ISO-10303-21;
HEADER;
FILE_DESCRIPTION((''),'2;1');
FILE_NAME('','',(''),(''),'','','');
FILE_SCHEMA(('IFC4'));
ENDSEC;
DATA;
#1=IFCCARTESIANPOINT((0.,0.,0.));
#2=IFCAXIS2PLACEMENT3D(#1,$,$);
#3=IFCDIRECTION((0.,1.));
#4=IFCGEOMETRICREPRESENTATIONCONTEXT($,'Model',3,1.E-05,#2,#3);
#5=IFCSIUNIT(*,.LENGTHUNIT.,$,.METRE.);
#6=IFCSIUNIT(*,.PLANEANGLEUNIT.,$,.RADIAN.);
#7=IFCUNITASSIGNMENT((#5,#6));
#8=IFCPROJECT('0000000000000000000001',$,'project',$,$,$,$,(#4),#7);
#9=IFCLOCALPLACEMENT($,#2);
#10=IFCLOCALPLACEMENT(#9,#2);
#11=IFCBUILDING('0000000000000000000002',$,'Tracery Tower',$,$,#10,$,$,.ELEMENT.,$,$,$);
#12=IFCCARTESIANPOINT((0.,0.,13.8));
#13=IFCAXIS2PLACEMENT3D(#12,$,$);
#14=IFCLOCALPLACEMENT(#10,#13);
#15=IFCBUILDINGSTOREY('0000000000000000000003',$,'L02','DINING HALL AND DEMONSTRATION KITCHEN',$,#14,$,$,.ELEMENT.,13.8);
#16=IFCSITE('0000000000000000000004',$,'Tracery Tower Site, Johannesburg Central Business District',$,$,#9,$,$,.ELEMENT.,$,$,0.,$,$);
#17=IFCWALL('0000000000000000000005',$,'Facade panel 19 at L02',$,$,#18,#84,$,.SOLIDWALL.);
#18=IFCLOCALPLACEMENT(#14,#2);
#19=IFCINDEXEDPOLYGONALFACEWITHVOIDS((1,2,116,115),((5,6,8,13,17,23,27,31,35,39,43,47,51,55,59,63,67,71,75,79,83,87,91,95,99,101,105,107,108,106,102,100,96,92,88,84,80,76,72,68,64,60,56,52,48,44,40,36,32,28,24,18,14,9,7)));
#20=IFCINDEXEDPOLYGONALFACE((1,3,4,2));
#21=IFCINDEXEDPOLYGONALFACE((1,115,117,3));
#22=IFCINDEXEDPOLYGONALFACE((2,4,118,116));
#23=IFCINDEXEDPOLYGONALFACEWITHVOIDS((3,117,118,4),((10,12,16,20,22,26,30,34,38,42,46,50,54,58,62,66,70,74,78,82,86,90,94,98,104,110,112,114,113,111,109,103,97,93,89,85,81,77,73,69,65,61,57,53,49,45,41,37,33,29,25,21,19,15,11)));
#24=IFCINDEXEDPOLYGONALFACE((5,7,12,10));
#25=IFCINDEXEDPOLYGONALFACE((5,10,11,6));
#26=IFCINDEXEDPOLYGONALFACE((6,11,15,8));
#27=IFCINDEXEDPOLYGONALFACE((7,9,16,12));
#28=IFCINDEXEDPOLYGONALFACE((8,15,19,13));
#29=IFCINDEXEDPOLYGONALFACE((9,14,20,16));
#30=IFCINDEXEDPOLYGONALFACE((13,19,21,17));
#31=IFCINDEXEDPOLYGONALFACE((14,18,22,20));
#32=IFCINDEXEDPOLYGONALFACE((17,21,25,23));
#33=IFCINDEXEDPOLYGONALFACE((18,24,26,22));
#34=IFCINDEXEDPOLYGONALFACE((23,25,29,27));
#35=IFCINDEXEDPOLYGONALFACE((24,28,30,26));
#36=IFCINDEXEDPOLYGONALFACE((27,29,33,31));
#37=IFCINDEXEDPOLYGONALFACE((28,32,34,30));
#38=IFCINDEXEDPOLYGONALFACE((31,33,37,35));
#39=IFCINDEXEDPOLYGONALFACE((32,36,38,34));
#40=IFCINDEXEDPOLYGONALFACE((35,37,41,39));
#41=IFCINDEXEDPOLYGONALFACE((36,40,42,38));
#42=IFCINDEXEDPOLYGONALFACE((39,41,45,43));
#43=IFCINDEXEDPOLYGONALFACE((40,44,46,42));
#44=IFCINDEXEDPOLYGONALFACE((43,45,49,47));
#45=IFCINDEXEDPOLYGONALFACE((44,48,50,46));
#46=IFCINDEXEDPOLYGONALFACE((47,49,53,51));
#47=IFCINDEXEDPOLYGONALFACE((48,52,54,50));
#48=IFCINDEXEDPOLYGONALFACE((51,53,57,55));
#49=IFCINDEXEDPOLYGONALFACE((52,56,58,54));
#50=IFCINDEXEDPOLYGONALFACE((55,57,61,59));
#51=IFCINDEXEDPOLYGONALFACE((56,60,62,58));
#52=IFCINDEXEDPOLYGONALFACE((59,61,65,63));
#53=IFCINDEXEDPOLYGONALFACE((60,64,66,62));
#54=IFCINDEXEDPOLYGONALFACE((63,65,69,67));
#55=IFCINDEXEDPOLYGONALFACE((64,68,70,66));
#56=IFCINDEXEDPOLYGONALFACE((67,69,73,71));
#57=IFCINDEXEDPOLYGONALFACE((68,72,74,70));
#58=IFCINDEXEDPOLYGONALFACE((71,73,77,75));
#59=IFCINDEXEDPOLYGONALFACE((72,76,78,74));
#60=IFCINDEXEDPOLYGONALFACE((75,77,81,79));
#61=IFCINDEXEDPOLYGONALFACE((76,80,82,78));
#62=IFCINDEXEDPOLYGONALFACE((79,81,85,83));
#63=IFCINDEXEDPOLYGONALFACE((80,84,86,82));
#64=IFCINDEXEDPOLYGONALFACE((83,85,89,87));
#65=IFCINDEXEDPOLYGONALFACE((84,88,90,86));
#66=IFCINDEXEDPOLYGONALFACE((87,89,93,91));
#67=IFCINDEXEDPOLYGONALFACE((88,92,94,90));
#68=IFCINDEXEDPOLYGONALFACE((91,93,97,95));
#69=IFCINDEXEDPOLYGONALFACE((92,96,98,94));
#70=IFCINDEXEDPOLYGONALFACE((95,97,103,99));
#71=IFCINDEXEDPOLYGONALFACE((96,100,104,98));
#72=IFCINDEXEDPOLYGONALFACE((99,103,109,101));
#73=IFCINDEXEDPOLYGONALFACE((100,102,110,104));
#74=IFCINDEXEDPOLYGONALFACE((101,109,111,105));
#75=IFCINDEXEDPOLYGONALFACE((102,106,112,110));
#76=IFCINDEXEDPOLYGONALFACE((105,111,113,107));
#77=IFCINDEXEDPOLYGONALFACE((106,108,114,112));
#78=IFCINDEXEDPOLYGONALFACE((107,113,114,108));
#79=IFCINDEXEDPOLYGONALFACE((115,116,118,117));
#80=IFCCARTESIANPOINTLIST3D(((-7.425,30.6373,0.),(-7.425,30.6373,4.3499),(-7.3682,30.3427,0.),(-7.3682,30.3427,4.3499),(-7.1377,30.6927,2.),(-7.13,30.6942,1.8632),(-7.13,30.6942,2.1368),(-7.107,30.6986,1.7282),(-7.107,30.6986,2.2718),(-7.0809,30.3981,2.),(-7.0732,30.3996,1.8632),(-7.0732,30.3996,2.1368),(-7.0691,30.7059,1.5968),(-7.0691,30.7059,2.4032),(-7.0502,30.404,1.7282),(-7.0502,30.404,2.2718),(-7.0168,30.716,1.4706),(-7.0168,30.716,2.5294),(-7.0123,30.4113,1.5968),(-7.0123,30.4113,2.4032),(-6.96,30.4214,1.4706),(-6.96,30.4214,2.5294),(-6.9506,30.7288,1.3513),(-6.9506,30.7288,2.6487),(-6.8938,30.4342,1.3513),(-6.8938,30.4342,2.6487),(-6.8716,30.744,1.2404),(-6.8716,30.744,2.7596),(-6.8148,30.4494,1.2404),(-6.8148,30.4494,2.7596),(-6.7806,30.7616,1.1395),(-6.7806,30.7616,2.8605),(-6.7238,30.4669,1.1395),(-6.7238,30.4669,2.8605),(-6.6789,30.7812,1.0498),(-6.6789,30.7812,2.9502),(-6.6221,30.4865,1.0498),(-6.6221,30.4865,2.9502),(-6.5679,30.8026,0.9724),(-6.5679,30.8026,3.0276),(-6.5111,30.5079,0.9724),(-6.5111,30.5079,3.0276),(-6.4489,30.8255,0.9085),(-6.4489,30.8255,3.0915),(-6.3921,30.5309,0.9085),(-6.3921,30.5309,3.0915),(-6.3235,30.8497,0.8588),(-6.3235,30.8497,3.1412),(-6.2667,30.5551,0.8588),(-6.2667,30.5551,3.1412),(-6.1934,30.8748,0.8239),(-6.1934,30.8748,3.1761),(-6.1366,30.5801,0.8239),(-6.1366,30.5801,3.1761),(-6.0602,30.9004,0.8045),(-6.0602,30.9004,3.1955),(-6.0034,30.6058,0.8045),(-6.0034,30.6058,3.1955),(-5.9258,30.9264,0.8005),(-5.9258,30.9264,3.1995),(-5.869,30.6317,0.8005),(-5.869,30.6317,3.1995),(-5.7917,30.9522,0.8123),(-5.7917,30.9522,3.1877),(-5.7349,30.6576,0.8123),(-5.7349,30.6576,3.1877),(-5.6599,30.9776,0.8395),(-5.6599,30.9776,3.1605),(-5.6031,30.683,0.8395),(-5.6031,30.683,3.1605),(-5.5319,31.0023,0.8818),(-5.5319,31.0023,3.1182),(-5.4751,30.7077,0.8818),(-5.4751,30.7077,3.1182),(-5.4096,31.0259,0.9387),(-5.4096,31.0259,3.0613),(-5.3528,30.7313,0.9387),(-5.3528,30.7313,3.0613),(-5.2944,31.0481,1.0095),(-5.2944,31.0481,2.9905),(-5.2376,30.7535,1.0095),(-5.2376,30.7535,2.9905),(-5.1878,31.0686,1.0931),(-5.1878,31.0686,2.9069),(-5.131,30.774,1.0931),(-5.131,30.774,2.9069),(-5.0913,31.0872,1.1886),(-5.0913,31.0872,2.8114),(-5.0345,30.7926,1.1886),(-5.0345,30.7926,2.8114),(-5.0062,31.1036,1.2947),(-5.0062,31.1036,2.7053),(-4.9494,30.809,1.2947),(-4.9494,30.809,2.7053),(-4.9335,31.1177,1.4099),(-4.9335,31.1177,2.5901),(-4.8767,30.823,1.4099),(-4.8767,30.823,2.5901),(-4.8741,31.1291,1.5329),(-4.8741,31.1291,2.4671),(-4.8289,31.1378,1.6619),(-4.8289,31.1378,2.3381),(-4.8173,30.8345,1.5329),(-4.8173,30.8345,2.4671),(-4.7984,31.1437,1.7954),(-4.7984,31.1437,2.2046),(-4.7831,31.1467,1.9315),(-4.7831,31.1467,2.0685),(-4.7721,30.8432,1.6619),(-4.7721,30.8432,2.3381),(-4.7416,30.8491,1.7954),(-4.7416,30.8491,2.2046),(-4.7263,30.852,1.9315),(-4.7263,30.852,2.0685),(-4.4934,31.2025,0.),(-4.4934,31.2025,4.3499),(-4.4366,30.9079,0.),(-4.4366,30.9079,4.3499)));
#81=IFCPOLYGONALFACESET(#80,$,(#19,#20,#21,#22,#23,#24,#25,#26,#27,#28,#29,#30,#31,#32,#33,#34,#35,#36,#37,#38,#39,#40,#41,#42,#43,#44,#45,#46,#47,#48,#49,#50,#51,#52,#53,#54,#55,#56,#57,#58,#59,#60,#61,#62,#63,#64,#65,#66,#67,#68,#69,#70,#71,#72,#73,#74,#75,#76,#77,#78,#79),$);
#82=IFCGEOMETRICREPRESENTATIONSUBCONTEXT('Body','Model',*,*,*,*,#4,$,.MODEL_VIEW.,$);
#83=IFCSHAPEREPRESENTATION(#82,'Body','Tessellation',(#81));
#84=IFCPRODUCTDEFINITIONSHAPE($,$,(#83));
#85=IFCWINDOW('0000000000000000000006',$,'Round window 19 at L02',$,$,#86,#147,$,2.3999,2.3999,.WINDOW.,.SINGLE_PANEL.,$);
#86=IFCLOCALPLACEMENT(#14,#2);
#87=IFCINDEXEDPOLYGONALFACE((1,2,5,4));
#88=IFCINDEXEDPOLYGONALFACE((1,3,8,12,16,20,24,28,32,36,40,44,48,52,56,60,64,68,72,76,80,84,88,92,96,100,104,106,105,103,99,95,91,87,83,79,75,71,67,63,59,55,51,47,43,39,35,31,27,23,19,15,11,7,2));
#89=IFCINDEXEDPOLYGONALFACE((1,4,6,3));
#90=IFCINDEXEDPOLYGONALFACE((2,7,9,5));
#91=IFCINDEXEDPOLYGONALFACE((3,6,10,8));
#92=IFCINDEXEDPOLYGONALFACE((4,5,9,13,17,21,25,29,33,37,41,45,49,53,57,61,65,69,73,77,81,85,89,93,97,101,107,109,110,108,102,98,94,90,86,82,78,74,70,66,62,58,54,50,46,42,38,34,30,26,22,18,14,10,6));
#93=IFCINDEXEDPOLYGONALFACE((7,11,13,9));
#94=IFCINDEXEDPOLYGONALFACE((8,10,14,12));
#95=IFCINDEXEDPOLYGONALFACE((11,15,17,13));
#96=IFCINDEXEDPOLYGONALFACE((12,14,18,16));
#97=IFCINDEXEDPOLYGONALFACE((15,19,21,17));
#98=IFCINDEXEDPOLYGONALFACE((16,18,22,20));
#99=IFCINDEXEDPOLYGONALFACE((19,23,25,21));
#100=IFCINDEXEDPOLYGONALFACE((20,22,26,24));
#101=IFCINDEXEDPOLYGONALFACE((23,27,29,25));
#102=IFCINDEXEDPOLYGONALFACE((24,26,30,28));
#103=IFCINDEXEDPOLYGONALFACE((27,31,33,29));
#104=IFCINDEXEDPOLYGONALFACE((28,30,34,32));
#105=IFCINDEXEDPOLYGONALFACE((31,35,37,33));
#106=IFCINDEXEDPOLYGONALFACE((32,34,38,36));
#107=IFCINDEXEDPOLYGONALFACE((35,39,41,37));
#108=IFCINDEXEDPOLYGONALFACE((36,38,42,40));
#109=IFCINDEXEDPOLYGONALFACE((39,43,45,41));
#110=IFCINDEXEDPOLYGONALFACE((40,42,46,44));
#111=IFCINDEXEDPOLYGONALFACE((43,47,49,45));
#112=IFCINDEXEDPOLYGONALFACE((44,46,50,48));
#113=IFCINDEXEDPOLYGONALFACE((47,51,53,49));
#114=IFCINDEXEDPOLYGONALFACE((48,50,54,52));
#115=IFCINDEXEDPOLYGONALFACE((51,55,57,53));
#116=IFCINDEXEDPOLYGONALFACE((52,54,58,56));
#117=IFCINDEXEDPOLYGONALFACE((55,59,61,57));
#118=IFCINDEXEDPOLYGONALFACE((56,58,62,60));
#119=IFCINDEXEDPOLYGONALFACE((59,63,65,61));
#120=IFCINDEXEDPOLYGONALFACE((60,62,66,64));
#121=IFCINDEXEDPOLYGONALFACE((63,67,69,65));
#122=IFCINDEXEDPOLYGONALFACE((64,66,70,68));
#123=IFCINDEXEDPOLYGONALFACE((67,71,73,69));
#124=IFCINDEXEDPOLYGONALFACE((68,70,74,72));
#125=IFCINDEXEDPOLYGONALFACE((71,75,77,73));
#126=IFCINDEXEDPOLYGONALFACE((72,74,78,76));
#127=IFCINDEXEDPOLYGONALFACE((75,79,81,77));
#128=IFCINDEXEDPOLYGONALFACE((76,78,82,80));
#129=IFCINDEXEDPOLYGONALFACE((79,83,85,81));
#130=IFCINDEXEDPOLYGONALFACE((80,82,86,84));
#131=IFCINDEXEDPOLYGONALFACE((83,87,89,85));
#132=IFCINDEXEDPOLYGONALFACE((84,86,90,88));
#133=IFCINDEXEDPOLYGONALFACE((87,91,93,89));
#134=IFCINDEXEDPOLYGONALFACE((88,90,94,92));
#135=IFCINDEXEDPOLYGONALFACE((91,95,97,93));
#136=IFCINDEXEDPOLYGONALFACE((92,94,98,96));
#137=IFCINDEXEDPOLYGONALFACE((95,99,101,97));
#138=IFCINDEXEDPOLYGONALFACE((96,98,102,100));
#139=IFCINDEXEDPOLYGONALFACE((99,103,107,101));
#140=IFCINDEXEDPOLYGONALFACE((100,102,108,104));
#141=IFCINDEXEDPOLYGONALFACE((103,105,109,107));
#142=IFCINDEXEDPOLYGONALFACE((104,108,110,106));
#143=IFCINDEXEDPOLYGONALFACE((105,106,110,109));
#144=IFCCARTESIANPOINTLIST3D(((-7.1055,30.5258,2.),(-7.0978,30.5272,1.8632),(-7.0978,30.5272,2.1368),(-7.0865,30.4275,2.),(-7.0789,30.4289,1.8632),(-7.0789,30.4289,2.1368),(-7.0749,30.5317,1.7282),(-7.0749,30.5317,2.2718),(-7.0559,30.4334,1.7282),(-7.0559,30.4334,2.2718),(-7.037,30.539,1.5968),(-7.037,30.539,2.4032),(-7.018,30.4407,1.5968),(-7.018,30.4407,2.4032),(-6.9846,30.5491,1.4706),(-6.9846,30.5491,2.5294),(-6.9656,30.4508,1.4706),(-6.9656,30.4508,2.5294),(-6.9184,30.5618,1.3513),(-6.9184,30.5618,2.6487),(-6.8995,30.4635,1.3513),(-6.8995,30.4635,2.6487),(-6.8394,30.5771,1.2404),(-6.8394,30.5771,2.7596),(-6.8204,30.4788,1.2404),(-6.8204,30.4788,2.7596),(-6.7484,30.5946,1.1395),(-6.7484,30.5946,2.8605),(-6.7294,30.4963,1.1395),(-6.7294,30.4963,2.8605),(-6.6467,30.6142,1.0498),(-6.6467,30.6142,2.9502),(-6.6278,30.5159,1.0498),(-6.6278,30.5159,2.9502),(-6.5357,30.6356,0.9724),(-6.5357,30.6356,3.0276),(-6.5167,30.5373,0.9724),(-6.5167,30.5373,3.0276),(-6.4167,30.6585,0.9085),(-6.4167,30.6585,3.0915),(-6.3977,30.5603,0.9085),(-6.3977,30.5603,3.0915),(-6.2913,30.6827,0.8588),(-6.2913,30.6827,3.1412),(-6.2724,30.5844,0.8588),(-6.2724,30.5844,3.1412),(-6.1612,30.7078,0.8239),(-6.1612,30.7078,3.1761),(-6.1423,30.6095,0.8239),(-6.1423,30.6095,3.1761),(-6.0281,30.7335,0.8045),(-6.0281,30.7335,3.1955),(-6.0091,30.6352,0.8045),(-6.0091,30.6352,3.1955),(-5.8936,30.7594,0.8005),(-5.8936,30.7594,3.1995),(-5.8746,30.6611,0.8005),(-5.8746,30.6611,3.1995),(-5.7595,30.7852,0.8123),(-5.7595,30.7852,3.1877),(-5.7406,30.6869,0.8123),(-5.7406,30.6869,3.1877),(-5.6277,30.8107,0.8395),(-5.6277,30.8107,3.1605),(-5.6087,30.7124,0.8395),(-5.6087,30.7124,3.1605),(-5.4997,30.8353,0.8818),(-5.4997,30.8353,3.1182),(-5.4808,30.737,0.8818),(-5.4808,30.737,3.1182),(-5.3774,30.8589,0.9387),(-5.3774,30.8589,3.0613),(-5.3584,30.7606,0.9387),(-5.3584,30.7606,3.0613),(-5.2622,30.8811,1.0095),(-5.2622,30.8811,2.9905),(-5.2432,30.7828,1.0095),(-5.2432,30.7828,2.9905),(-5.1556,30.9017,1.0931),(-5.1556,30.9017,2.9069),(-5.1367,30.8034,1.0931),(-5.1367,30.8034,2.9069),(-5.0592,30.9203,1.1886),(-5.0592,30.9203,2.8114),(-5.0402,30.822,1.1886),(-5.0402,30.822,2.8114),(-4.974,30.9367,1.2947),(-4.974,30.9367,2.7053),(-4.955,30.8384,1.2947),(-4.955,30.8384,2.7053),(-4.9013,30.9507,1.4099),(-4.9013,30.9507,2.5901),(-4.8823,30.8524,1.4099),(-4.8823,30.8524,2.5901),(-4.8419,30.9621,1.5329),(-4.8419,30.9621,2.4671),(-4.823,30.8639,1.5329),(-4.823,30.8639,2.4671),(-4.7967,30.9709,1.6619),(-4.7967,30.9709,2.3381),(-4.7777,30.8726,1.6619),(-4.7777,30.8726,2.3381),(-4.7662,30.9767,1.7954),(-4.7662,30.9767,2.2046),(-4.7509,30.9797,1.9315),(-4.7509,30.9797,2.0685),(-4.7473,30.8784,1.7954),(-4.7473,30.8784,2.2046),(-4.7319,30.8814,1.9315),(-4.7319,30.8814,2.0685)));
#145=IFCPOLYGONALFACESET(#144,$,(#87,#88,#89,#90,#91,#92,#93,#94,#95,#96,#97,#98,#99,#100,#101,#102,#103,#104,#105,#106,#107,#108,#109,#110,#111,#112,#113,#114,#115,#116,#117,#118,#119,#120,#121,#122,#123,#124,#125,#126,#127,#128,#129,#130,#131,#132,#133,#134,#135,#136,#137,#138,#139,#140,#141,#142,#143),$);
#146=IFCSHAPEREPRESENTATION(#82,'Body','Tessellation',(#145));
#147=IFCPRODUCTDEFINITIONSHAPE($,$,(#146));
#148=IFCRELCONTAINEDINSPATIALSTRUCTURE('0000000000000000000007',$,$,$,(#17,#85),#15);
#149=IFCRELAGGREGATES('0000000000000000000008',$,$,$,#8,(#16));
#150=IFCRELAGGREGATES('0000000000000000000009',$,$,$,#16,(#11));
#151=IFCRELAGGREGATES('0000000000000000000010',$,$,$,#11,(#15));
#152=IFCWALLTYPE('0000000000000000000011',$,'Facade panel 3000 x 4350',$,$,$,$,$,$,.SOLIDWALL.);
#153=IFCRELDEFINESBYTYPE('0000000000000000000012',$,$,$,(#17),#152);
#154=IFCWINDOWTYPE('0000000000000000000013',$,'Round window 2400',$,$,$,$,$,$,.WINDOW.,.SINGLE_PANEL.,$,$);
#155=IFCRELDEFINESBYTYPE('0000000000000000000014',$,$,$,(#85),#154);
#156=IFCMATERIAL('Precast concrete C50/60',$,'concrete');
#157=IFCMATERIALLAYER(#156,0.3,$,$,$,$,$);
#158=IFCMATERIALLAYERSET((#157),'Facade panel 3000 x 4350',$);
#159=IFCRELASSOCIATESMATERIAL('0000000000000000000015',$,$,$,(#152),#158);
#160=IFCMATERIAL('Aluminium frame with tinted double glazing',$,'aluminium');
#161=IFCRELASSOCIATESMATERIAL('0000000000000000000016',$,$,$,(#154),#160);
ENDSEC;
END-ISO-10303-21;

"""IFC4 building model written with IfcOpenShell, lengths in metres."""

from ifc_helpers import new_model, si_unit, direction, frame, frame_2d, origin, origin_2d, place, context, subcontext, project, spatial, rectangle, circle, extrude, material, layer, layer_set, type_object, element, fill, save


model = new_model("IFC4")

# Units and contexts
model_context = context("Model", 3, precision=1e-05, world=origin(), true_north=direction((0.0, 1.0)))
body_context = subcontext(model_context, "Body", "Model", "MODEL_VIEW")
ifc_project = project(units=[si_unit("LENGTHUNIT", "METRE"), si_unit("PLANEANGLEUNIT", "RADIAN")], contexts=[model_context])

# Site, building, storey
site_placement = place(None, origin())
site = spatial("IfcSite", under=ifc_project, at=site_placement, Name="Tracery Tower Site, Johannesburg Central Business District", CompositionType="ELEMENT", RefElevation=0.0)
building_placement = place(site_placement, origin())
building = spatial("IfcBuilding", under=site, at=building_placement, Name="Tracery Tower", CompositionType="ELEMENT")
storey_placement = place(building_placement, frame((0.0, 0.0, 13.8)))
storey = spatial("IfcBuildingStorey", under=building, at=storey_placement, Name="L02", Description="DINING HALL AND DEMONSTRATION KITCHEN", CompositionType="ELEMENT", Elevation=13.8)

# Wall, opening, window
ifc_material_1 = material(Name="Precast concrete C50/60", Category="concrete")
ifc_layer_1 = layer(ifc_material_1, 0.3)
ifc_layer_set_1 = layer_set([ifc_layer_1], Name="Facade panel 3000 x 4350")
wall_type_1 = type_object("IfcWallType", Name="Facade panel 3000 x 4350", PredefinedType="SOLIDWALL", material=ifc_layer_set_1)
ifc_material_2 = material(Name="Aluminium frame with tinted double glazing", Category="aluminium")
window_type = type_object("IfcWindowType", Name="Round window 2400", PartitioningType="SINGLE_PANEL", PredefinedType="WINDOW", material=ifc_material_2)
wall_1_placement = place(storey_placement, frame((-4.4651, 31.0552, 0.0), z_axis=(0.0, 0.0, 1.0), x_axis=(-0.981919, -0.189302, 0.0)))
wall_1 = element("IfcWall", 1, at=wall_1_placement, inside=storey, type_object=wall_type_1, Name="Facade panel 19 at L02", PredefinedType="SOLIDWALL", context=body_context, shape_type="SweptSolid", body=[
    extrude(rectangle(XDim=2.9856, YDim=0.3, at=frame_2d((1.4927, 0.0))), origin(), (0.0, 0.0, 1.0), 4.3499),
])
opening_1_placement = place(wall_1_placement, frame((1.4929, 0.0, 2.0)))
opening_1 = element("IfcOpeningElement", 2, at=opening_1_placement, cuts=wall_1, PredefinedType="OPENING", context=body_context, shape_type="SweptSolid", body=[
    extrude(circle(Radius=1.2, at=origin_2d()), frame((0.0, 0.1599, 0.0), z_axis=(0.0, -1.0, 0.0), x_axis=(1.0, 0.0, 0.0)), (0.0, 0.0, 1.0), 0.3201),
])
window_1_placement = place(opening_1_placement, origin())
window_1 = element("IfcWindow", 3, at=window_1_placement, inside=storey, type_object=window_type, Name="Round window 19 at L02", OverallHeight=2.3999, OverallWidth=2.3999, PartitioningType="SINGLE_PANEL", PredefinedType="WINDOW", context=body_context, shape_type="SweptSolid", body=[
    extrude(circle(Radius=1.2, at=origin_2d()), frame((0.0, 0.1201, 0.0), z_axis=(0.0, -1.0, 0.0), x_axis=(1.0, 0.0, 0.0)), (0.0, 0.0, 1.0), 0.1001),
])
fill(opening_1, window_1)

save(model, "model.ifc")
